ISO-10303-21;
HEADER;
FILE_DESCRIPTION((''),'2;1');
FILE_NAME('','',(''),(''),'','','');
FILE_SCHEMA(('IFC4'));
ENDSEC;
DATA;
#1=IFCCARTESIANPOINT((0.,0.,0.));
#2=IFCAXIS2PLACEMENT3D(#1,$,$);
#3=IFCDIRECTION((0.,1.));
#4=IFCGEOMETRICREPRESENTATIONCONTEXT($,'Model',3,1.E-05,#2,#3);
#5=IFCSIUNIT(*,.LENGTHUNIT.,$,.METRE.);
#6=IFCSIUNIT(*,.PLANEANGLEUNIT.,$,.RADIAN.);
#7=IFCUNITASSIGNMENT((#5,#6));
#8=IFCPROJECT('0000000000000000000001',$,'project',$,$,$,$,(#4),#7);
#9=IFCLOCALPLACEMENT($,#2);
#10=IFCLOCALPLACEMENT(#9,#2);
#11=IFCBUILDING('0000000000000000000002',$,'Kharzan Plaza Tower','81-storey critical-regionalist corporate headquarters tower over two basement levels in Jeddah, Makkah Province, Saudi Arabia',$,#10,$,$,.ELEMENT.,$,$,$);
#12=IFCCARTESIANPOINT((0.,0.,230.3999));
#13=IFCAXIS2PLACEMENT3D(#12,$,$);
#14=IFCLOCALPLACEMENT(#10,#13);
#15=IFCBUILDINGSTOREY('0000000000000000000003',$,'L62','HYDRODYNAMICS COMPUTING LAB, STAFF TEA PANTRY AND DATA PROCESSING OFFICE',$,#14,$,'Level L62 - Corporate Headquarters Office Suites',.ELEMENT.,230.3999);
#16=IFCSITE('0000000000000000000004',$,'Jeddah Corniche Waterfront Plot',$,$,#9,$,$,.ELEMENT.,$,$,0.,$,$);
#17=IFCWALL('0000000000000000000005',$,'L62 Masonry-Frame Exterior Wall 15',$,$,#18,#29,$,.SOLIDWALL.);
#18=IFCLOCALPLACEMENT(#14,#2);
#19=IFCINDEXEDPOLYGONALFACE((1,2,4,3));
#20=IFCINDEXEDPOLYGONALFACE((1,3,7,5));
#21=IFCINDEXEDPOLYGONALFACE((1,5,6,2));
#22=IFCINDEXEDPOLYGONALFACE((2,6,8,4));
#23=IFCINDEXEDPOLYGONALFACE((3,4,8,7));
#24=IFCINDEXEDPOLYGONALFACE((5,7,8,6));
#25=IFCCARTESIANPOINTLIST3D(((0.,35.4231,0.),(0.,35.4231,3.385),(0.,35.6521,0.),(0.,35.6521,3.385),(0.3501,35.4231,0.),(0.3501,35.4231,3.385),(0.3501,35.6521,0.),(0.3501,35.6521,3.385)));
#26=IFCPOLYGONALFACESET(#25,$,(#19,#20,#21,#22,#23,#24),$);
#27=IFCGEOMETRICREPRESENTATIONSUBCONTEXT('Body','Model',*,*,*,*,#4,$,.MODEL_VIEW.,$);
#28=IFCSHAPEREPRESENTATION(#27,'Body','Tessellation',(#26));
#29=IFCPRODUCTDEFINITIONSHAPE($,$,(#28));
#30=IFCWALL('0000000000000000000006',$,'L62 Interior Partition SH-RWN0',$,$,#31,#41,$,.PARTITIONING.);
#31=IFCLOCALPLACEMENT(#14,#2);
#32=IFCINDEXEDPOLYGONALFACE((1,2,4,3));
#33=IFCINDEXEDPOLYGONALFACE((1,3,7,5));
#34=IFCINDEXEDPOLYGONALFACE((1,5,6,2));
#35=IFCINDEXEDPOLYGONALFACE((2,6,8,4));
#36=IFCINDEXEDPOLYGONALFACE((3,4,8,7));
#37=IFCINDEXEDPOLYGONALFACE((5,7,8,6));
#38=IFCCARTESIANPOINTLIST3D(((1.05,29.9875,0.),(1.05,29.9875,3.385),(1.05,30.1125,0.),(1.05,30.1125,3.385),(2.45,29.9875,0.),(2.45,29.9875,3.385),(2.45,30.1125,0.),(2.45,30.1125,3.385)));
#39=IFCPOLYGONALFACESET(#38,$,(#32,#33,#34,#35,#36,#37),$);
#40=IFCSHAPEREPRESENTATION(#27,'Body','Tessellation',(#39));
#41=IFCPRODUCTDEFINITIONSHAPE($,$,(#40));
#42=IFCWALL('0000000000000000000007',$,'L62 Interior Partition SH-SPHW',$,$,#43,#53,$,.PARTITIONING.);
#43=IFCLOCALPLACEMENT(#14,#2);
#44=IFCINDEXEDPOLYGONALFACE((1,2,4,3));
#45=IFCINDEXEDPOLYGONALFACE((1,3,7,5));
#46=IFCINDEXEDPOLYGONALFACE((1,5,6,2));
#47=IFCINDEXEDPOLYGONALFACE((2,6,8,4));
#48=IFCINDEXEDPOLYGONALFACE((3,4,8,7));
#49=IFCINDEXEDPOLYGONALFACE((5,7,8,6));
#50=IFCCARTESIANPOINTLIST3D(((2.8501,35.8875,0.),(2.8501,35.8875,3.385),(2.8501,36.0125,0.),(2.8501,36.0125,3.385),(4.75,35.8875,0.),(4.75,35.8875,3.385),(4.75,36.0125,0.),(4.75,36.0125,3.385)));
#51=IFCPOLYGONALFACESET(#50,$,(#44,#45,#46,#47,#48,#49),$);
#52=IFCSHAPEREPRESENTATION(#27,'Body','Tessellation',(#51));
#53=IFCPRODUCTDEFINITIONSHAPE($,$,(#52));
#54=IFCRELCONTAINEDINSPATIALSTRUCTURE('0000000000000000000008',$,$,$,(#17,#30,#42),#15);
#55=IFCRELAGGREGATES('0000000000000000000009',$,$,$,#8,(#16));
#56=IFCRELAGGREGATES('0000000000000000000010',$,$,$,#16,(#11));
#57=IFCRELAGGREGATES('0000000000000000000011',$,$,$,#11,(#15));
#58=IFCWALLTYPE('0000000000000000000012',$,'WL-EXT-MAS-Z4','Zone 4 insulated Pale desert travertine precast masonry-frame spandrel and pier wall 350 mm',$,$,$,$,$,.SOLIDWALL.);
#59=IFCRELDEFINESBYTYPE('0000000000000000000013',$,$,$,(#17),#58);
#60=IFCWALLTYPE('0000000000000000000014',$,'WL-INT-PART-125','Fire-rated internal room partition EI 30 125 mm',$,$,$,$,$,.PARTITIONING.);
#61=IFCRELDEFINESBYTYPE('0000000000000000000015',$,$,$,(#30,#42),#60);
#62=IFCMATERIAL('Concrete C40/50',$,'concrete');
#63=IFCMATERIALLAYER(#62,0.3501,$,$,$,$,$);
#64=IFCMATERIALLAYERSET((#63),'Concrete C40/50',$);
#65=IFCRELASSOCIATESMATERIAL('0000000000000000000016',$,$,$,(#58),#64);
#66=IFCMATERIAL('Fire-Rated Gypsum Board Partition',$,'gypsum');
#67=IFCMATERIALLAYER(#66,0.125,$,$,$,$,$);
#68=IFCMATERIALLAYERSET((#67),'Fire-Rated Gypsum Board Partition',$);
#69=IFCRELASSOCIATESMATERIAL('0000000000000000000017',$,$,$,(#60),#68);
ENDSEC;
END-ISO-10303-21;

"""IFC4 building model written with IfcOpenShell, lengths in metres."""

from ifc_helpers import new_model, si_unit, direction, frame, frame_2d, origin, place, context, subcontext, project, spatial, rectangle, extrude, source, transform, mapped, material, layer, layer_set, type_object, element, save


model = new_model("IFC4")

# Units and contexts
model_context = context("Model", 3, precision=1e-05, world=origin(), true_north=direction((0.0, 1.0)))
body_context = subcontext(model_context, "Body", "Model", "MODEL_VIEW")
ifc_project = project(units=[si_unit("LENGTHUNIT", "METRE"), si_unit("PLANEANGLEUNIT", "RADIAN")], contexts=[model_context])

# Site, building, storey
site_placement = place(None, origin())
site = spatial("IfcSite", under=ifc_project, at=site_placement, Name="Jeddah Corniche Waterfront Plot", CompositionType="ELEMENT", RefElevation=0.0)
building_placement = place(site_placement, origin())
building = spatial("IfcBuilding", under=site, at=building_placement, Name="Kharzan Plaza Tower", Description="81-storey critical-regionalist corporate headquarters tower over two basement levels in Jeddah, Makkah Province, Saudi Arabia", CompositionType="ELEMENT")
storey_placement = place(building_placement, frame((0.0, 0.0, 230.3999)))
storey = spatial("IfcBuildingStorey", under=building, at=storey_placement, Name="L62", Description="HYDRODYNAMICS COMPUTING LAB, STAFF TEA PANTRY AND DATA PROCESSING OFFICE", LongName="Level L62 - Corporate Headquarters Office Suites", CompositionType="ELEMENT", Elevation=230.3999)

# Shared definitions
ifc_material_1 = material(Name="Concrete C40/50", Category="concrete")
ifc_layer_1 = layer(ifc_material_1, 0.3501)
ifc_layer_set_1 = layer_set([ifc_layer_1], Name="Concrete C40/50")
wall_type_1 = type_object("IfcWallType", Name="WL-EXT-MAS-Z4", Description="Zone 4 insulated Pale desert travertine precast masonry-frame spandrel and pier wall 350 mm", PredefinedType="SOLIDWALL", material=ifc_layer_set_1)

# Walls
ifc_material_2 = material(Name="Fire-Rated Gypsum Board Partition", Category="gypsum")
ifc_layer_2 = layer(ifc_material_2, 0.125)
ifc_layer_set_2 = layer_set([ifc_layer_2], Name="Fire-Rated Gypsum Board Partition")
wall_type_2 = type_object("IfcWallType", Name="WL-INT-PART-125", Description="Fire-rated internal room partition EI 30 125 mm", PredefinedType="PARTITIONING", material=ifc_layer_set_2)
shared_shape_1 = source(origin(), body_context, "Body", "SweptSolid", [
    extrude(rectangle(XDim=0.229, YDim=0.3501, at=frame_2d((0.1145, 0.0))), origin(), (0.0, 0.0, 1.0), 3.385),
])
wall_1_placement = place(storey_placement, frame((0.175, 35.6521, 0.0), z_axis=(0.0, 0.0, 1.0), x_axis=(0.0, -1.0, 0.0)))
element("IfcWall", 1, at=wall_1_placement, inside=storey, type_object=wall_type_1, Name="L62 Masonry-Frame Exterior Wall 15", PredefinedType="SOLIDWALL", context=body_context, shape_type="MappedRepresentation", body=[
    mapped(shared_shape_1, transform((0.0, 0.0, 0.0), x_axis=(1.0, 0.0, 0.0), y_axis=(0.0, 1.0, 0.0), z_axis=(0.0, 0.0, 1.0))),
])
shared_shape_2 = source(origin(), body_context, "Body", "SweptSolid", [
    extrude(rectangle(XDim=1.3999, YDim=0.125, at=frame_2d((0.7, 0.0))), origin(), (0.0, 0.0, 1.0), 3.385),
])
wall_2_placement = place(storey_placement, frame((1.05, 30.05, 0.0), z_axis=(0.0, 0.0, 1.0), x_axis=(1.0, 0.0, 0.0)))
element("IfcWall", 2, at=wall_2_placement, inside=storey, type_object=wall_type_2, Name="L62 Interior Partition SH-RWN0", PredefinedType="PARTITIONING", context=body_context, shape_type="MappedRepresentation", body=[
    mapped(shared_shape_2, transform((0.0, 0.0, 0.0), x_axis=(1.0, 0.0, 0.0), y_axis=(0.0, 1.0, 0.0), z_axis=(0.0, 0.0, 1.0))),
])
shared_shape_3 = source(origin(), body_context, "Body", "SweptSolid", [
    extrude(rectangle(XDim=1.8999, YDim=0.125, at=frame_2d((0.95, 0.0))), origin(), (0.0, 0.0, 1.0), 3.385),
])
wall_3_placement = place(storey_placement, frame((2.8501, 35.95, 0.0), z_axis=(0.0, 0.0, 1.0), x_axis=(1.0, 0.0, 0.0)))
element("IfcWall", 3, at=wall_3_placement, inside=storey, type_object=wall_type_2, Name="L62 Interior Partition SH-SPHW", PredefinedType="PARTITIONING", context=body_context, shape_type="MappedRepresentation", body=[
    mapped(shared_shape_3, transform((0.0, 0.0, 0.0), x_axis=(1.0, 0.0, 0.0), y_axis=(0.0, 1.0, 0.0), z_axis=(0.0, 0.0, 1.0))),
])

save(model, "model.ifc")
